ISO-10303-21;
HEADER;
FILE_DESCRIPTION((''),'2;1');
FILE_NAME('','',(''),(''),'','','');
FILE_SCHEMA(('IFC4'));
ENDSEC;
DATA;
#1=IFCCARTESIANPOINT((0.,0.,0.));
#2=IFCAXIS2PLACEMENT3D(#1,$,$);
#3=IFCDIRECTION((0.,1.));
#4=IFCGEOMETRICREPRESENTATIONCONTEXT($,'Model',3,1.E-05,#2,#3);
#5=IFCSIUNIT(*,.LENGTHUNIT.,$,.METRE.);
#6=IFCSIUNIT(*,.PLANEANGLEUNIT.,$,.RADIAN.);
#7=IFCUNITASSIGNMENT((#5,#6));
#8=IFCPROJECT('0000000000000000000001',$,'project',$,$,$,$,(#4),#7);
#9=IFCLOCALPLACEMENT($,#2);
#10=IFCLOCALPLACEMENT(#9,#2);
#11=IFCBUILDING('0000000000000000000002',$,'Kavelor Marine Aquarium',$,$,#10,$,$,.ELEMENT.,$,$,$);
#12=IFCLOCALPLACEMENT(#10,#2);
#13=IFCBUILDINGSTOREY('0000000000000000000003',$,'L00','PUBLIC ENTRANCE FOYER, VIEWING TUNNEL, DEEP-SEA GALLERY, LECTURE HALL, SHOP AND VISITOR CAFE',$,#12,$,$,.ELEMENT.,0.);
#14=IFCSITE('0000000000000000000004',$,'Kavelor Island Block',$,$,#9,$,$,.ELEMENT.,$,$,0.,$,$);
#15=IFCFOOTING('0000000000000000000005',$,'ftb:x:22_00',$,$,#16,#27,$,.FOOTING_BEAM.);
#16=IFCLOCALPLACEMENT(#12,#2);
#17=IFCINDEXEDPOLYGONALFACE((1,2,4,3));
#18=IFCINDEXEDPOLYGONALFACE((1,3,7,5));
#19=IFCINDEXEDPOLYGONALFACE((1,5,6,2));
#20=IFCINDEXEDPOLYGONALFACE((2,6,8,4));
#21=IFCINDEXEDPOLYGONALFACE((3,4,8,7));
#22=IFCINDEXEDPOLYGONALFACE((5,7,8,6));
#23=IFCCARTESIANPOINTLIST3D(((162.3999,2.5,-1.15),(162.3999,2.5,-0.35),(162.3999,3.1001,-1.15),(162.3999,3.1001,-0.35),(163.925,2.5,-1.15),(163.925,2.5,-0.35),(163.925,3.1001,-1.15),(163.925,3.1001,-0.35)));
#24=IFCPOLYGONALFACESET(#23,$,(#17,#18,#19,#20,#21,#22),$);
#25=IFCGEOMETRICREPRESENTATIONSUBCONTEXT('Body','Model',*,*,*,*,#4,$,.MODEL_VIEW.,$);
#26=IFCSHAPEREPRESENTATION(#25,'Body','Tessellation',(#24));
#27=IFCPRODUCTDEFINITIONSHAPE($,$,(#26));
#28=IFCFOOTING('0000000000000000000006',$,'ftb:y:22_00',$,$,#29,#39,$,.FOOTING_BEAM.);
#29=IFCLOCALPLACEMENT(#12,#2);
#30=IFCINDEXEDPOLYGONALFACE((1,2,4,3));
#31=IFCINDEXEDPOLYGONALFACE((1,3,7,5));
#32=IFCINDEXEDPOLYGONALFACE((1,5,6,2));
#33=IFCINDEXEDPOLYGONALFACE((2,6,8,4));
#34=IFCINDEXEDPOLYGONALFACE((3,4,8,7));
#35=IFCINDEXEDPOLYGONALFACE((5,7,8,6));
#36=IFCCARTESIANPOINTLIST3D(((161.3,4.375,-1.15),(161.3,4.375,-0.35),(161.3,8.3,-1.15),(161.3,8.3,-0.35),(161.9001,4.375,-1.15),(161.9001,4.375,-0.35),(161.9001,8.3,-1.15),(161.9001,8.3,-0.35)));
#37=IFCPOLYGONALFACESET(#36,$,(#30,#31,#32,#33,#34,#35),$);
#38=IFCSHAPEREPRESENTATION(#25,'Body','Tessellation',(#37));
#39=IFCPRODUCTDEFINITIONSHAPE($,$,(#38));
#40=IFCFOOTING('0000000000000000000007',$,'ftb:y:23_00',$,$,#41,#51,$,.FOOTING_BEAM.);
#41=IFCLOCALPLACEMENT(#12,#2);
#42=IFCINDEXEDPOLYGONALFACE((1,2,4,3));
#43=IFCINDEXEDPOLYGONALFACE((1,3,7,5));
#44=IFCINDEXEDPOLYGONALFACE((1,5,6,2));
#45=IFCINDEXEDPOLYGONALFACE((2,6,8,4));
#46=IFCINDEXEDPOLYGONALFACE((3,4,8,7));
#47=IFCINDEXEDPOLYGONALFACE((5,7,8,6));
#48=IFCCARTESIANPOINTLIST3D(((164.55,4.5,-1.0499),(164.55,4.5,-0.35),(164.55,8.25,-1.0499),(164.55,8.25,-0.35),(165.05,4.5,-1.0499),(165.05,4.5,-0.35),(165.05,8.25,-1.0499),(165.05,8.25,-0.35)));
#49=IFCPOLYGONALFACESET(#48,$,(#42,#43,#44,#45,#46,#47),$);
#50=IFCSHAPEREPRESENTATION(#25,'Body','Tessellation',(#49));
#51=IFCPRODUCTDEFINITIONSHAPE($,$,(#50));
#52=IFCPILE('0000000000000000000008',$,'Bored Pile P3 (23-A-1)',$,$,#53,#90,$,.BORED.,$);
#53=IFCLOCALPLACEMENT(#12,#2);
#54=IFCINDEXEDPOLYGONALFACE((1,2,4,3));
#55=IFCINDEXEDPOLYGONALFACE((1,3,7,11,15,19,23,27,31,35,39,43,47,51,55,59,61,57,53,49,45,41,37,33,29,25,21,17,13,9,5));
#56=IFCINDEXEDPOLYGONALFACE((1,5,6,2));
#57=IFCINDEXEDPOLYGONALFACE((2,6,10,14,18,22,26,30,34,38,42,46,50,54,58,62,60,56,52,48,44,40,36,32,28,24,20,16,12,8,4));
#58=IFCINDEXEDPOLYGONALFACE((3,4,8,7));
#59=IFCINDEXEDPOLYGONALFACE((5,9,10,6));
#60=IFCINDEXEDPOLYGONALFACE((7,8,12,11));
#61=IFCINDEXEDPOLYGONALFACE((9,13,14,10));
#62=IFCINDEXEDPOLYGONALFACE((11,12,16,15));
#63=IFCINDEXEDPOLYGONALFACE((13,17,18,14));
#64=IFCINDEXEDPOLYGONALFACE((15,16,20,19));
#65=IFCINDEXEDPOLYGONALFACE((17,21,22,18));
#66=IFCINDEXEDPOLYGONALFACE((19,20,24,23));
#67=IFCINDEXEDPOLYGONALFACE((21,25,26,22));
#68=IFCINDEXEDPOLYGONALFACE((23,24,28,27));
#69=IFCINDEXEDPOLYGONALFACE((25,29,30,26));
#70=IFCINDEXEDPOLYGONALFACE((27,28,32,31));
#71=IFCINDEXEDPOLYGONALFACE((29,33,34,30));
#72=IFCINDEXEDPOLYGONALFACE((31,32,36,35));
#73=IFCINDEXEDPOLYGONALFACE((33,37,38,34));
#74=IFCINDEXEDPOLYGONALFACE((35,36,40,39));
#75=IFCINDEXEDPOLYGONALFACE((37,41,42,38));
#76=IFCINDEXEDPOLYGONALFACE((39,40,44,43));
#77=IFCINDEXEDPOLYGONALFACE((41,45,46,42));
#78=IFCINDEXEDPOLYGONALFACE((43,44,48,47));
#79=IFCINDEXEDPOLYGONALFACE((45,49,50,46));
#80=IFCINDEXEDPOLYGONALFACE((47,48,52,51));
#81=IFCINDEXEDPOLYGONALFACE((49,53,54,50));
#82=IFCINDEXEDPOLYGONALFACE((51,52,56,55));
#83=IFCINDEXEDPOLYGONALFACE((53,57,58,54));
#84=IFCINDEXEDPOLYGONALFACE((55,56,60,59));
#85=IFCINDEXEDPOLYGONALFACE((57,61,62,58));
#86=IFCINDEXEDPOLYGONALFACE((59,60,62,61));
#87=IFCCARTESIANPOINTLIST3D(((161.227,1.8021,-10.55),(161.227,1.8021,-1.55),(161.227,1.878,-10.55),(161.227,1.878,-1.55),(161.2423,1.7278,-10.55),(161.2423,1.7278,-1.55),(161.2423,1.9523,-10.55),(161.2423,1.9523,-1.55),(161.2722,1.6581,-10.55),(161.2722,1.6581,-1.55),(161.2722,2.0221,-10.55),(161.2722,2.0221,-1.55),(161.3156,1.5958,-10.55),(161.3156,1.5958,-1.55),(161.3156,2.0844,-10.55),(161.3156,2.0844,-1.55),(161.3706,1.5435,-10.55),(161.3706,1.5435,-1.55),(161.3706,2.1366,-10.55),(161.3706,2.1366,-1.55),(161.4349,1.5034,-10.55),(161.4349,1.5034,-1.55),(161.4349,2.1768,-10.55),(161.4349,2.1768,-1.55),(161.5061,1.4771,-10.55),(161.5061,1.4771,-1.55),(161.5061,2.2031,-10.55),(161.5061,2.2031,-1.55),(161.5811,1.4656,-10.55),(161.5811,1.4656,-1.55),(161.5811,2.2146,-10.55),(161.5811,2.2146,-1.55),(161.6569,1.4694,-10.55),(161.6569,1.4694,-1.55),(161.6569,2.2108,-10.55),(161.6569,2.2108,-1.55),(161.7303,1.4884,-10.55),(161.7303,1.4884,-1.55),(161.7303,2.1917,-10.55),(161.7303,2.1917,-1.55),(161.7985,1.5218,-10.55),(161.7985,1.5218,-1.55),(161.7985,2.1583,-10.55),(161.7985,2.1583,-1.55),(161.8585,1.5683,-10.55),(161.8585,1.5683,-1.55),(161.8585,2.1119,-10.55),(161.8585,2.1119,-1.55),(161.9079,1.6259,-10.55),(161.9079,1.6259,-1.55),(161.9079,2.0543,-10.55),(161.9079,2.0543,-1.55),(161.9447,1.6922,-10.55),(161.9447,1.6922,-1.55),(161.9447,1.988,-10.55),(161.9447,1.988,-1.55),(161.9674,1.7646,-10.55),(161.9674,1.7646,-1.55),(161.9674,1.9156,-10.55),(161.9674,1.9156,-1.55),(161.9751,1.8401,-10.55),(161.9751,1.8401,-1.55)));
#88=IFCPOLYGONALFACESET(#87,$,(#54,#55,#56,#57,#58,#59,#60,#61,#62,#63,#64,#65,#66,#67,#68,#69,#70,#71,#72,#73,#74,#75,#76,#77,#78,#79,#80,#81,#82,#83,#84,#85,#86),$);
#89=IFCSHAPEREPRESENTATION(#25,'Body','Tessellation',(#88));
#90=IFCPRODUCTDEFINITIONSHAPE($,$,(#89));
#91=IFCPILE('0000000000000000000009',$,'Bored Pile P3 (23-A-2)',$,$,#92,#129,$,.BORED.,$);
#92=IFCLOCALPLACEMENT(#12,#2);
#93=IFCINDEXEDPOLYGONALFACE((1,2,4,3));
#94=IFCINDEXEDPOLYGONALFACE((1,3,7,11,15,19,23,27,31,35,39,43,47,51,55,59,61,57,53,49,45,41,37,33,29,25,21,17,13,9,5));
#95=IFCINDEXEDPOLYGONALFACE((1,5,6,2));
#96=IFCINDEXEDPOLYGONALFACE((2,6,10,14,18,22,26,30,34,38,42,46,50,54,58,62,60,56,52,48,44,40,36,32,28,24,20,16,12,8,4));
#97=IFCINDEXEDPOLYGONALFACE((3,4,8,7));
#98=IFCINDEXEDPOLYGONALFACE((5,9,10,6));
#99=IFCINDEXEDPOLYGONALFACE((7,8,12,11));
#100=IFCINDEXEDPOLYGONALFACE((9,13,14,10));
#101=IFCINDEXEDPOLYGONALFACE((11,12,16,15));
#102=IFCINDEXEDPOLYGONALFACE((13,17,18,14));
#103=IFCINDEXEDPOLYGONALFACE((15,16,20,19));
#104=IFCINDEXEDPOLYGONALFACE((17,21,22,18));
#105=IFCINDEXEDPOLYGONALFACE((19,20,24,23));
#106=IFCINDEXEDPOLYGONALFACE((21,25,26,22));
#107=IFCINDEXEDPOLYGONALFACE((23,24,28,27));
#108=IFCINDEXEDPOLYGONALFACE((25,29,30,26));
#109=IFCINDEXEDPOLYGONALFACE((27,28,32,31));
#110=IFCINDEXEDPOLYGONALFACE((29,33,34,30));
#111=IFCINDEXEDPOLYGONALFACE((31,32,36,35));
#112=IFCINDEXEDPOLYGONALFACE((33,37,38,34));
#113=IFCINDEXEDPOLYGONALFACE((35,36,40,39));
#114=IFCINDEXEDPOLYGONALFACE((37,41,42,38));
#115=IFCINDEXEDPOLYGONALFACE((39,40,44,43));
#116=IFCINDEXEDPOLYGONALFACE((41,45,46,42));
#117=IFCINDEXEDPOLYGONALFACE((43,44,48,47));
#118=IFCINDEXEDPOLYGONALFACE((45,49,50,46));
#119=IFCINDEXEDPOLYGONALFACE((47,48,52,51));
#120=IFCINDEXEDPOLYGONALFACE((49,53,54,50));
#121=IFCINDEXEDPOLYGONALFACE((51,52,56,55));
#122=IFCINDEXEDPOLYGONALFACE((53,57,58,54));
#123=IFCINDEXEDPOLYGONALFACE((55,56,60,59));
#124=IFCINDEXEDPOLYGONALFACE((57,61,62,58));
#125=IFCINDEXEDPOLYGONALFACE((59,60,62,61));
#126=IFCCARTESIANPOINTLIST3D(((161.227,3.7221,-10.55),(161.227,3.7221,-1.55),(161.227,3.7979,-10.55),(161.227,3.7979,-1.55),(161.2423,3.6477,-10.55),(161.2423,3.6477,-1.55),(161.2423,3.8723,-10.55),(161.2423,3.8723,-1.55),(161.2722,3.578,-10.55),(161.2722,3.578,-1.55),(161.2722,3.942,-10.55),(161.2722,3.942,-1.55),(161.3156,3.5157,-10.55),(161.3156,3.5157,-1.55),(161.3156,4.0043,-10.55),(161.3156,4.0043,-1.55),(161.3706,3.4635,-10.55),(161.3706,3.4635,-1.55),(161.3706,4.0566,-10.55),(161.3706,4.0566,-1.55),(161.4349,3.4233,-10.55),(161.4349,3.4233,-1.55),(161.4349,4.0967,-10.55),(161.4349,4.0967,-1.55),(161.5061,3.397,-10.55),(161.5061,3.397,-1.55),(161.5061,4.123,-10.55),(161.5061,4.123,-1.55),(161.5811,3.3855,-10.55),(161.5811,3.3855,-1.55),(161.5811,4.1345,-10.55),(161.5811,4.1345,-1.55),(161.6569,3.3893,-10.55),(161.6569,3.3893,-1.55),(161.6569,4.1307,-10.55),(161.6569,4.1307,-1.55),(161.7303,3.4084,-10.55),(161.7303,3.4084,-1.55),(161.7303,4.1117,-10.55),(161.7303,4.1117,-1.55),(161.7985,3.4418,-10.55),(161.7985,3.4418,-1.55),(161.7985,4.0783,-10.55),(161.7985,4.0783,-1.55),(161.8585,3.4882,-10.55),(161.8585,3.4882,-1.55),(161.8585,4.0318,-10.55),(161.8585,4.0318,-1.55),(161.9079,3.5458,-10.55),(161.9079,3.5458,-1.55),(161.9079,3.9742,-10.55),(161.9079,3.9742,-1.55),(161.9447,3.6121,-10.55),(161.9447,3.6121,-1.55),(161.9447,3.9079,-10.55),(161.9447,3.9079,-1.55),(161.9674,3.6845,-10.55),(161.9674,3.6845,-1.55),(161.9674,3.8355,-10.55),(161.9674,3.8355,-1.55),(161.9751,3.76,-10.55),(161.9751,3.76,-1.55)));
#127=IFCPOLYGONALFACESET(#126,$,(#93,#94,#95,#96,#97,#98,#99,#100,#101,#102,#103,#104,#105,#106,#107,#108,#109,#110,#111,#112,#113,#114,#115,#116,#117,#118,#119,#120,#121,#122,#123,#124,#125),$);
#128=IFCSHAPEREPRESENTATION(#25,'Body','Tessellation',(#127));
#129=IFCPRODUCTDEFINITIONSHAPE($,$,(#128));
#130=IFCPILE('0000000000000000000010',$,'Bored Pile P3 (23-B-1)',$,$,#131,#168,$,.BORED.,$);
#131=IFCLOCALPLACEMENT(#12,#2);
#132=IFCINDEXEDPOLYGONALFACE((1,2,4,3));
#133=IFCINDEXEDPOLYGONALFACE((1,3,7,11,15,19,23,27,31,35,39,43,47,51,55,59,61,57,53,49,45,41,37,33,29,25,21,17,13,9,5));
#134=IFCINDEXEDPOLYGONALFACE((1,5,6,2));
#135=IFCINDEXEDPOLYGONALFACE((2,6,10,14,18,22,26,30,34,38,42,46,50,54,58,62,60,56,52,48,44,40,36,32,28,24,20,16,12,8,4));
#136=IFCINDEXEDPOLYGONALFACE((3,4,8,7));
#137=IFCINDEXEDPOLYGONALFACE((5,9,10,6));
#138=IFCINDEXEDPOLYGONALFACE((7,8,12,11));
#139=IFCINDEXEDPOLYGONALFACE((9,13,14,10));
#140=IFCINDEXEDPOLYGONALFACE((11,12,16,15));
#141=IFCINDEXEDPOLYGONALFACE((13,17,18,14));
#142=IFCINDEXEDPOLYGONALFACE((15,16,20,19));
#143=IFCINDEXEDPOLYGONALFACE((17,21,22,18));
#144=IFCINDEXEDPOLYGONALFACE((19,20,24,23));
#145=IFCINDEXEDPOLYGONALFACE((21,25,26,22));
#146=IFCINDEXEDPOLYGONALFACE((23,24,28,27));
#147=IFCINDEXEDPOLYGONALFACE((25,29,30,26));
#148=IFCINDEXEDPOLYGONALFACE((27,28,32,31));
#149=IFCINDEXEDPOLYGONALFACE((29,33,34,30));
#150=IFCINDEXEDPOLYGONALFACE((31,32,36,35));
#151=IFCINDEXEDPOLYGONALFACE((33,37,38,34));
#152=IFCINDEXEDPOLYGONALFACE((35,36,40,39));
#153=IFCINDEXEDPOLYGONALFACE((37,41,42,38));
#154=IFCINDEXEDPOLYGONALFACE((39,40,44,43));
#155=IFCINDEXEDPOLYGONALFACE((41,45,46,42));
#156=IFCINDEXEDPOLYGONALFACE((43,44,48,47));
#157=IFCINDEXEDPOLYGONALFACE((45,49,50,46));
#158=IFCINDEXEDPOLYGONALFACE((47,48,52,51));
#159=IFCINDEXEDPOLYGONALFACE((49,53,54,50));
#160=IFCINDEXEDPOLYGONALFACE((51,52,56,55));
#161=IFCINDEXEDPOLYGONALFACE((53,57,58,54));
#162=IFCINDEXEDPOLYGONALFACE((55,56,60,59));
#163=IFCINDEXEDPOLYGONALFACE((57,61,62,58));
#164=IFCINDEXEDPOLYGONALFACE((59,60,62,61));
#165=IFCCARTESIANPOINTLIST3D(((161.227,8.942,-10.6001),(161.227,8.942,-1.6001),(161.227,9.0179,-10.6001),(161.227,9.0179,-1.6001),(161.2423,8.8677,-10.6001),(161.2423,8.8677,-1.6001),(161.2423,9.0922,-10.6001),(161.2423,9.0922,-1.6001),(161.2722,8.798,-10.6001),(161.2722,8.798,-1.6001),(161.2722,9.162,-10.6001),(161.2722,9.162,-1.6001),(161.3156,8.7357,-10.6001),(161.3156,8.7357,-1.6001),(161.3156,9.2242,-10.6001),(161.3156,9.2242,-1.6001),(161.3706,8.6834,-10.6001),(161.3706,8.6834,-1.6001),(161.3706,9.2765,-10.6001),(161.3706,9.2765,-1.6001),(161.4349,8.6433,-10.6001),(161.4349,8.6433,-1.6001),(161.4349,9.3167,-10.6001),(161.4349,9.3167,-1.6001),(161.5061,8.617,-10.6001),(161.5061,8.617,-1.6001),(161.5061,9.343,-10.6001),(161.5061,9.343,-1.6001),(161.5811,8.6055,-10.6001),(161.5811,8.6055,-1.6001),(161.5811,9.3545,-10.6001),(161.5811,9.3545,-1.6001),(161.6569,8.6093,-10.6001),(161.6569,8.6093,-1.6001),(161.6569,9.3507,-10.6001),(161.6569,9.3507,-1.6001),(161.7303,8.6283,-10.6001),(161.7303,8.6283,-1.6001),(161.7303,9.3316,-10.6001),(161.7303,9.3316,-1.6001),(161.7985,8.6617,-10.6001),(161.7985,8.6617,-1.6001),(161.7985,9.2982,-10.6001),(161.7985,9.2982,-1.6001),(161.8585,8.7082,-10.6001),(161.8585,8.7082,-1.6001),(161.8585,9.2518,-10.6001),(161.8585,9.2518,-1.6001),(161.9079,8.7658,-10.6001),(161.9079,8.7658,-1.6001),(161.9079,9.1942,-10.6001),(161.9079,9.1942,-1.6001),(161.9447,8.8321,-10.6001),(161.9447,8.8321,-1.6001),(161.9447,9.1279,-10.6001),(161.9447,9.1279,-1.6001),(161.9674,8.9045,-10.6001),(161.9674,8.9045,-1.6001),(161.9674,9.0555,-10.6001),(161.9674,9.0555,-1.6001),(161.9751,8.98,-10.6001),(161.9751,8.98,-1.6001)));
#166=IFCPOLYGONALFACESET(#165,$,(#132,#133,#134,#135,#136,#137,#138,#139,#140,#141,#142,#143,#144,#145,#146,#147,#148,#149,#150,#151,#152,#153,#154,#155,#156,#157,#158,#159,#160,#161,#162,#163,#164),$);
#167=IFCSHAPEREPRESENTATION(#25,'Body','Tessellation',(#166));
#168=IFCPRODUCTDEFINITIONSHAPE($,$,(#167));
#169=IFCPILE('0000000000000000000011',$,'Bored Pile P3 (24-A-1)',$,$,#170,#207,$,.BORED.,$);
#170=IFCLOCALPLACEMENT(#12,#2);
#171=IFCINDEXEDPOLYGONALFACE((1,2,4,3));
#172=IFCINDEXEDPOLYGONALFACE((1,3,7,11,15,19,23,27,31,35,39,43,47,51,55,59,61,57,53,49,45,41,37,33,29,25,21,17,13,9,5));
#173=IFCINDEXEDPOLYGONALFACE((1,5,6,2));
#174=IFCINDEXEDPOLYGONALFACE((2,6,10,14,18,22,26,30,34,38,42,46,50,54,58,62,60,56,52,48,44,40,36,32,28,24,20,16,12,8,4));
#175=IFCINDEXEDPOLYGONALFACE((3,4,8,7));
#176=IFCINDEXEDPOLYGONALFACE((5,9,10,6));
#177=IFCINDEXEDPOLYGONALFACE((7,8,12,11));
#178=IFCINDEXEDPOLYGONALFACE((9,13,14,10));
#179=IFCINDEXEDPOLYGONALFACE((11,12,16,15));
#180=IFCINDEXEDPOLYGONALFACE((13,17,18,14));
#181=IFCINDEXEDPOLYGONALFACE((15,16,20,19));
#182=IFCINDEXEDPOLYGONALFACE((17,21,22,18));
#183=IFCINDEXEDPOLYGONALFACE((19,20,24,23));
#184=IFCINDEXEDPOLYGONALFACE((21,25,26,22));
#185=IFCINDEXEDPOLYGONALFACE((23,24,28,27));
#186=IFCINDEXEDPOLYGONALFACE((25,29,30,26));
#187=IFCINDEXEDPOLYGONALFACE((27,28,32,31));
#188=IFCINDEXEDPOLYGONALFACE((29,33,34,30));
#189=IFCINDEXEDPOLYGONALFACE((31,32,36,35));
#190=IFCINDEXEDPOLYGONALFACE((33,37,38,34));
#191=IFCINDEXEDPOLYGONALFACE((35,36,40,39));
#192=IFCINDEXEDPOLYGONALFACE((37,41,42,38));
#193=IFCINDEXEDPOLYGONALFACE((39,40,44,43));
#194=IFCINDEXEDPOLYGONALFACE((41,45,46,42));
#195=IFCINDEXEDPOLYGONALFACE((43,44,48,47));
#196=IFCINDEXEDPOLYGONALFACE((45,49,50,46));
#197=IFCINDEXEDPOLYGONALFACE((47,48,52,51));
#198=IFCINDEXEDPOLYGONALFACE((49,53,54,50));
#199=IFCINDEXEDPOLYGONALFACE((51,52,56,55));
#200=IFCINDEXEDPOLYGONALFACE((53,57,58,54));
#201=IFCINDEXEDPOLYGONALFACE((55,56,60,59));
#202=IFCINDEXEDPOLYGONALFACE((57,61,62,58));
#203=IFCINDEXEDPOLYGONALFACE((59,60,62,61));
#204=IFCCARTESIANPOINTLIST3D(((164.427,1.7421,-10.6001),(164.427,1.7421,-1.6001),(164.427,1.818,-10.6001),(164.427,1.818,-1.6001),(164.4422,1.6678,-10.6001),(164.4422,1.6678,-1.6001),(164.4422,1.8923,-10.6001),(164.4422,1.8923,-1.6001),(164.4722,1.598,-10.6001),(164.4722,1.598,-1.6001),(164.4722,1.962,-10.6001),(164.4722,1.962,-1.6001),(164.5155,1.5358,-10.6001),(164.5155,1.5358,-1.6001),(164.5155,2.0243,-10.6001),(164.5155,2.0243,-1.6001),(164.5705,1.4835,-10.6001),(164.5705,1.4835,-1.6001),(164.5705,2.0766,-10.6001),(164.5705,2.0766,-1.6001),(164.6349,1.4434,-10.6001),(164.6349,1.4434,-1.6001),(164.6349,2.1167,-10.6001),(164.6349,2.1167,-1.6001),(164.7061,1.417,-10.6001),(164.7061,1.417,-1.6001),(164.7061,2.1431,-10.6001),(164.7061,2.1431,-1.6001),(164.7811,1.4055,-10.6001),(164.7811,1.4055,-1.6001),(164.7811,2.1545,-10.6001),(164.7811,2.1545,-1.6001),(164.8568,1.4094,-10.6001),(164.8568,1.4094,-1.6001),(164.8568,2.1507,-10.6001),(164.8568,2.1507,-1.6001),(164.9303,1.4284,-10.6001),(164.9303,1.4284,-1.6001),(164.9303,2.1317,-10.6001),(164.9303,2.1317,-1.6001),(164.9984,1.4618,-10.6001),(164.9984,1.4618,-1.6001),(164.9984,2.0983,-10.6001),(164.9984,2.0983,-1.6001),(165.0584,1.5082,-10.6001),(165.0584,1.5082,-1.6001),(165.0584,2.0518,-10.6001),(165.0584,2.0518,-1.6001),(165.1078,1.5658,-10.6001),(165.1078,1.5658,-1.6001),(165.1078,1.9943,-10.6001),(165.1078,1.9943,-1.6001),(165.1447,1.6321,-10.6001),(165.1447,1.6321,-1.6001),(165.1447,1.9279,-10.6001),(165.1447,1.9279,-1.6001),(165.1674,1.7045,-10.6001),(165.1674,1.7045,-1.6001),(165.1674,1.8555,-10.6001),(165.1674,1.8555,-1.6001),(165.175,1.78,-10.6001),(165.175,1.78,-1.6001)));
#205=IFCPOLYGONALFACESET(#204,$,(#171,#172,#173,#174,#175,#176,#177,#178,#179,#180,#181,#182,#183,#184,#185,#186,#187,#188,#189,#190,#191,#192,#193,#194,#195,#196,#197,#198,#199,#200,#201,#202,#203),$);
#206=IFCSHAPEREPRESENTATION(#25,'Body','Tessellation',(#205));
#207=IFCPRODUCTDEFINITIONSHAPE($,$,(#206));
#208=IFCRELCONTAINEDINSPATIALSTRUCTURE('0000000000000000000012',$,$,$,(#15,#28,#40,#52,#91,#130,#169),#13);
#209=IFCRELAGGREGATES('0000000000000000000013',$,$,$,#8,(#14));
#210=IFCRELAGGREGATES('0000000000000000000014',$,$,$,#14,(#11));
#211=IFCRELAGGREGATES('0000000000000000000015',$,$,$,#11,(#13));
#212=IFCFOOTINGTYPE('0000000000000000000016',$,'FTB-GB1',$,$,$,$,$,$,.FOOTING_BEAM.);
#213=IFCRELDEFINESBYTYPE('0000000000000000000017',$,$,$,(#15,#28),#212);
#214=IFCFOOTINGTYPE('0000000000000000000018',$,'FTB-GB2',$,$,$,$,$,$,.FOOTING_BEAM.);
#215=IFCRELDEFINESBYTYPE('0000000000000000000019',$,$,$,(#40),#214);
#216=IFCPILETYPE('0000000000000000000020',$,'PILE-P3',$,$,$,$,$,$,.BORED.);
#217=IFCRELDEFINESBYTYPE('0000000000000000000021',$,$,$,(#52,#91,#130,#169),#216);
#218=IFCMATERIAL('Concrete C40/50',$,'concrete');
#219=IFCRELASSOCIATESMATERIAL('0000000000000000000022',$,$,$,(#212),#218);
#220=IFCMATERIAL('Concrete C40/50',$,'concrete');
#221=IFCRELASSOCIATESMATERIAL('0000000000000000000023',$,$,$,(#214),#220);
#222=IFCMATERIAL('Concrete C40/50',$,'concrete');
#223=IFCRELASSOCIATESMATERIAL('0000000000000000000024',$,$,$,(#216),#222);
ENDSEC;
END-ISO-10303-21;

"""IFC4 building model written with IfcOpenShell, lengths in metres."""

from ifc_helpers import new_model, si_unit, direction, frame, origin, origin_2d, place, context, subcontext, project, spatial, rectangle, circle, extrude, material, material_profile, profile_set, type_object, element, save


model = new_model("IFC4")

# Units and contexts
model_context = context("Model", 3, precision=1e-05, world=origin(), true_north=direction((0.0, 1.0)))
body_context = subcontext(model_context, "Body", "Model", "MODEL_VIEW")
ifc_project = project(units=[si_unit("LENGTHUNIT", "METRE"), si_unit("PLANEANGLEUNIT", "RADIAN")], contexts=[model_context])

# Site, building, storey
site_placement = place(None, origin())
site = spatial("IfcSite", under=ifc_project, at=site_placement, Name="Kavelor Island Block", CompositionType="ELEMENT", RefElevation=0.0)
building_placement = place(site_placement, origin())
building = spatial("IfcBuilding", under=site, at=building_placement, Name="Kavelor Marine Aquarium", CompositionType="ELEMENT")
storey_placement = place(building_placement, origin())
storey = spatial("IfcBuildingStorey", under=building, at=storey_placement, Name="L00", Description="PUBLIC ENTRANCE FOYER, VIEWING TUNNEL, DEEP-SEA GALLERY, LECTURE HALL, SHOP AND VISITOR CAFE", CompositionType="ELEMENT", Elevation=0.0)

# Footings
ifc_material_1 = material(Name="Concrete C40/50", Category="concrete")
ifc_material_profile_1 = material_profile(ifc_material_1, rectangle(XDim=0.6001, YDim=0.8, at=origin_2d()), Name="GB 600x800")
ifc_profile_set_1 = profile_set([ifc_material_profile_1], Name="Concrete C40/50")
footing_type_1 = type_object("IfcFootingType", Name="FTB-GB1", PredefinedType="FOOTING_BEAM", material=ifc_profile_set_1)
footing_1_placement = place(storey_placement, frame((162.3999, 2.8, -0.75), z_axis=(1.0, 0.0, 0.0), x_axis=(0.0, 1.0, 0.0)))
element("IfcFooting", 1, at=footing_1_placement, inside=storey, type_object=footing_type_1, Name="ftb:x:22_00", PredefinedType="FOOTING_BEAM", context=body_context, shape_type="SweptSolid", body=[
    extrude(rectangle(XDim=0.6001, YDim=0.8, at=origin_2d()), origin(), (0.0, 0.0, 1.0), 1.5251),
])
footing_2_placement = place(storey_placement, frame((161.6001, 4.375, -0.75), z_axis=(0.0, 1.0, 0.0), x_axis=(-1.0, 0.0, 0.0)))
element("IfcFooting", 2, at=footing_2_placement, inside=storey, type_object=footing_type_1, Name="ftb:y:22_00", PredefinedType="FOOTING_BEAM", context=body_context, shape_type="SweptSolid", body=[
    extrude(rectangle(XDim=0.6001, YDim=0.8, at=origin_2d()), origin(), (0.0, 0.0, 1.0), 3.925),
])
ifc_material_2 = material(Name="Concrete C40/50", Category="concrete")
ifc_material_profile_2 = material_profile(ifc_material_2, rectangle(XDim=0.5, YDim=0.7, at=origin_2d()), Name="GB 500x700")
ifc_profile_set_2 = profile_set([ifc_material_profile_2], Name="Concrete C40/50")
footing_type_2 = type_object("IfcFootingType", Name="FTB-GB2", PredefinedType="FOOTING_BEAM", material=ifc_profile_set_2)
footing_3_placement = place(storey_placement, frame((164.8, 4.5, -0.7), z_axis=(0.0, 1.0, 0.0), x_axis=(-1.0, 0.0, 0.0)))
element("IfcFooting", 3, at=footing_3_placement, inside=storey, type_object=footing_type_2, Name="ftb:y:23_00", PredefinedType="FOOTING_BEAM", context=body_context, shape_type="SweptSolid", body=[
    extrude(rectangle(XDim=0.5, YDim=0.7, at=origin_2d()), origin(), (0.0, 0.0, 1.0), 3.75),
])

# Piles
ifc_material_3 = material(Name="Concrete C40/50", Category="concrete")
ifc_material_profile_3 = material_profile(ifc_material_3, circle(Radius=0.375, at=origin_2d()), Name="PILE D750")
ifc_profile_set_3 = profile_set([ifc_material_profile_3], Name="Concrete C40/50")
pile_type = type_object("IfcPileType", Name="PILE-P3", PredefinedType="BORED", material=ifc_profile_set_3)
for number, where, z_axis, x_axis, name in (
    (4, (161.6001, 1.8401, -1.55), (0.0, 0.0, -1.0), (1.0, 0.0, 0.0), "Bored Pile P3 (23-A-1)"),
    (5, (161.6001, 3.76, -1.55), (0.0, 0.0, -1.0), (1.0, 0.0, 0.0), "Bored Pile P3 (23-A-2)"),
    (6, (161.6001, 8.98, -1.6001), (0.0, 0.0, -1.0), (1.0, 0.0, 0.0), "Bored Pile P3 (23-B-1)"),
    (7, (164.8, 1.78, -1.6001), (0.0, 0.0, -1.0), (1.0, 0.0, 0.0), "Bored Pile P3 (24-A-1)"),
):
    element("IfcPile", number, at=place(storey_placement, frame(where, z_axis=z_axis, x_axis=x_axis)), inside=storey, type_object=pile_type, Name=name, PredefinedType="BORED", context=body_context, shape_type="SweptSolid", body=[
        extrude(circle(Radius=0.375, at=origin_2d()), origin(), (0.0, 0.0, 1.0), 9.0),
    ])

save(model, "model.ifc")
